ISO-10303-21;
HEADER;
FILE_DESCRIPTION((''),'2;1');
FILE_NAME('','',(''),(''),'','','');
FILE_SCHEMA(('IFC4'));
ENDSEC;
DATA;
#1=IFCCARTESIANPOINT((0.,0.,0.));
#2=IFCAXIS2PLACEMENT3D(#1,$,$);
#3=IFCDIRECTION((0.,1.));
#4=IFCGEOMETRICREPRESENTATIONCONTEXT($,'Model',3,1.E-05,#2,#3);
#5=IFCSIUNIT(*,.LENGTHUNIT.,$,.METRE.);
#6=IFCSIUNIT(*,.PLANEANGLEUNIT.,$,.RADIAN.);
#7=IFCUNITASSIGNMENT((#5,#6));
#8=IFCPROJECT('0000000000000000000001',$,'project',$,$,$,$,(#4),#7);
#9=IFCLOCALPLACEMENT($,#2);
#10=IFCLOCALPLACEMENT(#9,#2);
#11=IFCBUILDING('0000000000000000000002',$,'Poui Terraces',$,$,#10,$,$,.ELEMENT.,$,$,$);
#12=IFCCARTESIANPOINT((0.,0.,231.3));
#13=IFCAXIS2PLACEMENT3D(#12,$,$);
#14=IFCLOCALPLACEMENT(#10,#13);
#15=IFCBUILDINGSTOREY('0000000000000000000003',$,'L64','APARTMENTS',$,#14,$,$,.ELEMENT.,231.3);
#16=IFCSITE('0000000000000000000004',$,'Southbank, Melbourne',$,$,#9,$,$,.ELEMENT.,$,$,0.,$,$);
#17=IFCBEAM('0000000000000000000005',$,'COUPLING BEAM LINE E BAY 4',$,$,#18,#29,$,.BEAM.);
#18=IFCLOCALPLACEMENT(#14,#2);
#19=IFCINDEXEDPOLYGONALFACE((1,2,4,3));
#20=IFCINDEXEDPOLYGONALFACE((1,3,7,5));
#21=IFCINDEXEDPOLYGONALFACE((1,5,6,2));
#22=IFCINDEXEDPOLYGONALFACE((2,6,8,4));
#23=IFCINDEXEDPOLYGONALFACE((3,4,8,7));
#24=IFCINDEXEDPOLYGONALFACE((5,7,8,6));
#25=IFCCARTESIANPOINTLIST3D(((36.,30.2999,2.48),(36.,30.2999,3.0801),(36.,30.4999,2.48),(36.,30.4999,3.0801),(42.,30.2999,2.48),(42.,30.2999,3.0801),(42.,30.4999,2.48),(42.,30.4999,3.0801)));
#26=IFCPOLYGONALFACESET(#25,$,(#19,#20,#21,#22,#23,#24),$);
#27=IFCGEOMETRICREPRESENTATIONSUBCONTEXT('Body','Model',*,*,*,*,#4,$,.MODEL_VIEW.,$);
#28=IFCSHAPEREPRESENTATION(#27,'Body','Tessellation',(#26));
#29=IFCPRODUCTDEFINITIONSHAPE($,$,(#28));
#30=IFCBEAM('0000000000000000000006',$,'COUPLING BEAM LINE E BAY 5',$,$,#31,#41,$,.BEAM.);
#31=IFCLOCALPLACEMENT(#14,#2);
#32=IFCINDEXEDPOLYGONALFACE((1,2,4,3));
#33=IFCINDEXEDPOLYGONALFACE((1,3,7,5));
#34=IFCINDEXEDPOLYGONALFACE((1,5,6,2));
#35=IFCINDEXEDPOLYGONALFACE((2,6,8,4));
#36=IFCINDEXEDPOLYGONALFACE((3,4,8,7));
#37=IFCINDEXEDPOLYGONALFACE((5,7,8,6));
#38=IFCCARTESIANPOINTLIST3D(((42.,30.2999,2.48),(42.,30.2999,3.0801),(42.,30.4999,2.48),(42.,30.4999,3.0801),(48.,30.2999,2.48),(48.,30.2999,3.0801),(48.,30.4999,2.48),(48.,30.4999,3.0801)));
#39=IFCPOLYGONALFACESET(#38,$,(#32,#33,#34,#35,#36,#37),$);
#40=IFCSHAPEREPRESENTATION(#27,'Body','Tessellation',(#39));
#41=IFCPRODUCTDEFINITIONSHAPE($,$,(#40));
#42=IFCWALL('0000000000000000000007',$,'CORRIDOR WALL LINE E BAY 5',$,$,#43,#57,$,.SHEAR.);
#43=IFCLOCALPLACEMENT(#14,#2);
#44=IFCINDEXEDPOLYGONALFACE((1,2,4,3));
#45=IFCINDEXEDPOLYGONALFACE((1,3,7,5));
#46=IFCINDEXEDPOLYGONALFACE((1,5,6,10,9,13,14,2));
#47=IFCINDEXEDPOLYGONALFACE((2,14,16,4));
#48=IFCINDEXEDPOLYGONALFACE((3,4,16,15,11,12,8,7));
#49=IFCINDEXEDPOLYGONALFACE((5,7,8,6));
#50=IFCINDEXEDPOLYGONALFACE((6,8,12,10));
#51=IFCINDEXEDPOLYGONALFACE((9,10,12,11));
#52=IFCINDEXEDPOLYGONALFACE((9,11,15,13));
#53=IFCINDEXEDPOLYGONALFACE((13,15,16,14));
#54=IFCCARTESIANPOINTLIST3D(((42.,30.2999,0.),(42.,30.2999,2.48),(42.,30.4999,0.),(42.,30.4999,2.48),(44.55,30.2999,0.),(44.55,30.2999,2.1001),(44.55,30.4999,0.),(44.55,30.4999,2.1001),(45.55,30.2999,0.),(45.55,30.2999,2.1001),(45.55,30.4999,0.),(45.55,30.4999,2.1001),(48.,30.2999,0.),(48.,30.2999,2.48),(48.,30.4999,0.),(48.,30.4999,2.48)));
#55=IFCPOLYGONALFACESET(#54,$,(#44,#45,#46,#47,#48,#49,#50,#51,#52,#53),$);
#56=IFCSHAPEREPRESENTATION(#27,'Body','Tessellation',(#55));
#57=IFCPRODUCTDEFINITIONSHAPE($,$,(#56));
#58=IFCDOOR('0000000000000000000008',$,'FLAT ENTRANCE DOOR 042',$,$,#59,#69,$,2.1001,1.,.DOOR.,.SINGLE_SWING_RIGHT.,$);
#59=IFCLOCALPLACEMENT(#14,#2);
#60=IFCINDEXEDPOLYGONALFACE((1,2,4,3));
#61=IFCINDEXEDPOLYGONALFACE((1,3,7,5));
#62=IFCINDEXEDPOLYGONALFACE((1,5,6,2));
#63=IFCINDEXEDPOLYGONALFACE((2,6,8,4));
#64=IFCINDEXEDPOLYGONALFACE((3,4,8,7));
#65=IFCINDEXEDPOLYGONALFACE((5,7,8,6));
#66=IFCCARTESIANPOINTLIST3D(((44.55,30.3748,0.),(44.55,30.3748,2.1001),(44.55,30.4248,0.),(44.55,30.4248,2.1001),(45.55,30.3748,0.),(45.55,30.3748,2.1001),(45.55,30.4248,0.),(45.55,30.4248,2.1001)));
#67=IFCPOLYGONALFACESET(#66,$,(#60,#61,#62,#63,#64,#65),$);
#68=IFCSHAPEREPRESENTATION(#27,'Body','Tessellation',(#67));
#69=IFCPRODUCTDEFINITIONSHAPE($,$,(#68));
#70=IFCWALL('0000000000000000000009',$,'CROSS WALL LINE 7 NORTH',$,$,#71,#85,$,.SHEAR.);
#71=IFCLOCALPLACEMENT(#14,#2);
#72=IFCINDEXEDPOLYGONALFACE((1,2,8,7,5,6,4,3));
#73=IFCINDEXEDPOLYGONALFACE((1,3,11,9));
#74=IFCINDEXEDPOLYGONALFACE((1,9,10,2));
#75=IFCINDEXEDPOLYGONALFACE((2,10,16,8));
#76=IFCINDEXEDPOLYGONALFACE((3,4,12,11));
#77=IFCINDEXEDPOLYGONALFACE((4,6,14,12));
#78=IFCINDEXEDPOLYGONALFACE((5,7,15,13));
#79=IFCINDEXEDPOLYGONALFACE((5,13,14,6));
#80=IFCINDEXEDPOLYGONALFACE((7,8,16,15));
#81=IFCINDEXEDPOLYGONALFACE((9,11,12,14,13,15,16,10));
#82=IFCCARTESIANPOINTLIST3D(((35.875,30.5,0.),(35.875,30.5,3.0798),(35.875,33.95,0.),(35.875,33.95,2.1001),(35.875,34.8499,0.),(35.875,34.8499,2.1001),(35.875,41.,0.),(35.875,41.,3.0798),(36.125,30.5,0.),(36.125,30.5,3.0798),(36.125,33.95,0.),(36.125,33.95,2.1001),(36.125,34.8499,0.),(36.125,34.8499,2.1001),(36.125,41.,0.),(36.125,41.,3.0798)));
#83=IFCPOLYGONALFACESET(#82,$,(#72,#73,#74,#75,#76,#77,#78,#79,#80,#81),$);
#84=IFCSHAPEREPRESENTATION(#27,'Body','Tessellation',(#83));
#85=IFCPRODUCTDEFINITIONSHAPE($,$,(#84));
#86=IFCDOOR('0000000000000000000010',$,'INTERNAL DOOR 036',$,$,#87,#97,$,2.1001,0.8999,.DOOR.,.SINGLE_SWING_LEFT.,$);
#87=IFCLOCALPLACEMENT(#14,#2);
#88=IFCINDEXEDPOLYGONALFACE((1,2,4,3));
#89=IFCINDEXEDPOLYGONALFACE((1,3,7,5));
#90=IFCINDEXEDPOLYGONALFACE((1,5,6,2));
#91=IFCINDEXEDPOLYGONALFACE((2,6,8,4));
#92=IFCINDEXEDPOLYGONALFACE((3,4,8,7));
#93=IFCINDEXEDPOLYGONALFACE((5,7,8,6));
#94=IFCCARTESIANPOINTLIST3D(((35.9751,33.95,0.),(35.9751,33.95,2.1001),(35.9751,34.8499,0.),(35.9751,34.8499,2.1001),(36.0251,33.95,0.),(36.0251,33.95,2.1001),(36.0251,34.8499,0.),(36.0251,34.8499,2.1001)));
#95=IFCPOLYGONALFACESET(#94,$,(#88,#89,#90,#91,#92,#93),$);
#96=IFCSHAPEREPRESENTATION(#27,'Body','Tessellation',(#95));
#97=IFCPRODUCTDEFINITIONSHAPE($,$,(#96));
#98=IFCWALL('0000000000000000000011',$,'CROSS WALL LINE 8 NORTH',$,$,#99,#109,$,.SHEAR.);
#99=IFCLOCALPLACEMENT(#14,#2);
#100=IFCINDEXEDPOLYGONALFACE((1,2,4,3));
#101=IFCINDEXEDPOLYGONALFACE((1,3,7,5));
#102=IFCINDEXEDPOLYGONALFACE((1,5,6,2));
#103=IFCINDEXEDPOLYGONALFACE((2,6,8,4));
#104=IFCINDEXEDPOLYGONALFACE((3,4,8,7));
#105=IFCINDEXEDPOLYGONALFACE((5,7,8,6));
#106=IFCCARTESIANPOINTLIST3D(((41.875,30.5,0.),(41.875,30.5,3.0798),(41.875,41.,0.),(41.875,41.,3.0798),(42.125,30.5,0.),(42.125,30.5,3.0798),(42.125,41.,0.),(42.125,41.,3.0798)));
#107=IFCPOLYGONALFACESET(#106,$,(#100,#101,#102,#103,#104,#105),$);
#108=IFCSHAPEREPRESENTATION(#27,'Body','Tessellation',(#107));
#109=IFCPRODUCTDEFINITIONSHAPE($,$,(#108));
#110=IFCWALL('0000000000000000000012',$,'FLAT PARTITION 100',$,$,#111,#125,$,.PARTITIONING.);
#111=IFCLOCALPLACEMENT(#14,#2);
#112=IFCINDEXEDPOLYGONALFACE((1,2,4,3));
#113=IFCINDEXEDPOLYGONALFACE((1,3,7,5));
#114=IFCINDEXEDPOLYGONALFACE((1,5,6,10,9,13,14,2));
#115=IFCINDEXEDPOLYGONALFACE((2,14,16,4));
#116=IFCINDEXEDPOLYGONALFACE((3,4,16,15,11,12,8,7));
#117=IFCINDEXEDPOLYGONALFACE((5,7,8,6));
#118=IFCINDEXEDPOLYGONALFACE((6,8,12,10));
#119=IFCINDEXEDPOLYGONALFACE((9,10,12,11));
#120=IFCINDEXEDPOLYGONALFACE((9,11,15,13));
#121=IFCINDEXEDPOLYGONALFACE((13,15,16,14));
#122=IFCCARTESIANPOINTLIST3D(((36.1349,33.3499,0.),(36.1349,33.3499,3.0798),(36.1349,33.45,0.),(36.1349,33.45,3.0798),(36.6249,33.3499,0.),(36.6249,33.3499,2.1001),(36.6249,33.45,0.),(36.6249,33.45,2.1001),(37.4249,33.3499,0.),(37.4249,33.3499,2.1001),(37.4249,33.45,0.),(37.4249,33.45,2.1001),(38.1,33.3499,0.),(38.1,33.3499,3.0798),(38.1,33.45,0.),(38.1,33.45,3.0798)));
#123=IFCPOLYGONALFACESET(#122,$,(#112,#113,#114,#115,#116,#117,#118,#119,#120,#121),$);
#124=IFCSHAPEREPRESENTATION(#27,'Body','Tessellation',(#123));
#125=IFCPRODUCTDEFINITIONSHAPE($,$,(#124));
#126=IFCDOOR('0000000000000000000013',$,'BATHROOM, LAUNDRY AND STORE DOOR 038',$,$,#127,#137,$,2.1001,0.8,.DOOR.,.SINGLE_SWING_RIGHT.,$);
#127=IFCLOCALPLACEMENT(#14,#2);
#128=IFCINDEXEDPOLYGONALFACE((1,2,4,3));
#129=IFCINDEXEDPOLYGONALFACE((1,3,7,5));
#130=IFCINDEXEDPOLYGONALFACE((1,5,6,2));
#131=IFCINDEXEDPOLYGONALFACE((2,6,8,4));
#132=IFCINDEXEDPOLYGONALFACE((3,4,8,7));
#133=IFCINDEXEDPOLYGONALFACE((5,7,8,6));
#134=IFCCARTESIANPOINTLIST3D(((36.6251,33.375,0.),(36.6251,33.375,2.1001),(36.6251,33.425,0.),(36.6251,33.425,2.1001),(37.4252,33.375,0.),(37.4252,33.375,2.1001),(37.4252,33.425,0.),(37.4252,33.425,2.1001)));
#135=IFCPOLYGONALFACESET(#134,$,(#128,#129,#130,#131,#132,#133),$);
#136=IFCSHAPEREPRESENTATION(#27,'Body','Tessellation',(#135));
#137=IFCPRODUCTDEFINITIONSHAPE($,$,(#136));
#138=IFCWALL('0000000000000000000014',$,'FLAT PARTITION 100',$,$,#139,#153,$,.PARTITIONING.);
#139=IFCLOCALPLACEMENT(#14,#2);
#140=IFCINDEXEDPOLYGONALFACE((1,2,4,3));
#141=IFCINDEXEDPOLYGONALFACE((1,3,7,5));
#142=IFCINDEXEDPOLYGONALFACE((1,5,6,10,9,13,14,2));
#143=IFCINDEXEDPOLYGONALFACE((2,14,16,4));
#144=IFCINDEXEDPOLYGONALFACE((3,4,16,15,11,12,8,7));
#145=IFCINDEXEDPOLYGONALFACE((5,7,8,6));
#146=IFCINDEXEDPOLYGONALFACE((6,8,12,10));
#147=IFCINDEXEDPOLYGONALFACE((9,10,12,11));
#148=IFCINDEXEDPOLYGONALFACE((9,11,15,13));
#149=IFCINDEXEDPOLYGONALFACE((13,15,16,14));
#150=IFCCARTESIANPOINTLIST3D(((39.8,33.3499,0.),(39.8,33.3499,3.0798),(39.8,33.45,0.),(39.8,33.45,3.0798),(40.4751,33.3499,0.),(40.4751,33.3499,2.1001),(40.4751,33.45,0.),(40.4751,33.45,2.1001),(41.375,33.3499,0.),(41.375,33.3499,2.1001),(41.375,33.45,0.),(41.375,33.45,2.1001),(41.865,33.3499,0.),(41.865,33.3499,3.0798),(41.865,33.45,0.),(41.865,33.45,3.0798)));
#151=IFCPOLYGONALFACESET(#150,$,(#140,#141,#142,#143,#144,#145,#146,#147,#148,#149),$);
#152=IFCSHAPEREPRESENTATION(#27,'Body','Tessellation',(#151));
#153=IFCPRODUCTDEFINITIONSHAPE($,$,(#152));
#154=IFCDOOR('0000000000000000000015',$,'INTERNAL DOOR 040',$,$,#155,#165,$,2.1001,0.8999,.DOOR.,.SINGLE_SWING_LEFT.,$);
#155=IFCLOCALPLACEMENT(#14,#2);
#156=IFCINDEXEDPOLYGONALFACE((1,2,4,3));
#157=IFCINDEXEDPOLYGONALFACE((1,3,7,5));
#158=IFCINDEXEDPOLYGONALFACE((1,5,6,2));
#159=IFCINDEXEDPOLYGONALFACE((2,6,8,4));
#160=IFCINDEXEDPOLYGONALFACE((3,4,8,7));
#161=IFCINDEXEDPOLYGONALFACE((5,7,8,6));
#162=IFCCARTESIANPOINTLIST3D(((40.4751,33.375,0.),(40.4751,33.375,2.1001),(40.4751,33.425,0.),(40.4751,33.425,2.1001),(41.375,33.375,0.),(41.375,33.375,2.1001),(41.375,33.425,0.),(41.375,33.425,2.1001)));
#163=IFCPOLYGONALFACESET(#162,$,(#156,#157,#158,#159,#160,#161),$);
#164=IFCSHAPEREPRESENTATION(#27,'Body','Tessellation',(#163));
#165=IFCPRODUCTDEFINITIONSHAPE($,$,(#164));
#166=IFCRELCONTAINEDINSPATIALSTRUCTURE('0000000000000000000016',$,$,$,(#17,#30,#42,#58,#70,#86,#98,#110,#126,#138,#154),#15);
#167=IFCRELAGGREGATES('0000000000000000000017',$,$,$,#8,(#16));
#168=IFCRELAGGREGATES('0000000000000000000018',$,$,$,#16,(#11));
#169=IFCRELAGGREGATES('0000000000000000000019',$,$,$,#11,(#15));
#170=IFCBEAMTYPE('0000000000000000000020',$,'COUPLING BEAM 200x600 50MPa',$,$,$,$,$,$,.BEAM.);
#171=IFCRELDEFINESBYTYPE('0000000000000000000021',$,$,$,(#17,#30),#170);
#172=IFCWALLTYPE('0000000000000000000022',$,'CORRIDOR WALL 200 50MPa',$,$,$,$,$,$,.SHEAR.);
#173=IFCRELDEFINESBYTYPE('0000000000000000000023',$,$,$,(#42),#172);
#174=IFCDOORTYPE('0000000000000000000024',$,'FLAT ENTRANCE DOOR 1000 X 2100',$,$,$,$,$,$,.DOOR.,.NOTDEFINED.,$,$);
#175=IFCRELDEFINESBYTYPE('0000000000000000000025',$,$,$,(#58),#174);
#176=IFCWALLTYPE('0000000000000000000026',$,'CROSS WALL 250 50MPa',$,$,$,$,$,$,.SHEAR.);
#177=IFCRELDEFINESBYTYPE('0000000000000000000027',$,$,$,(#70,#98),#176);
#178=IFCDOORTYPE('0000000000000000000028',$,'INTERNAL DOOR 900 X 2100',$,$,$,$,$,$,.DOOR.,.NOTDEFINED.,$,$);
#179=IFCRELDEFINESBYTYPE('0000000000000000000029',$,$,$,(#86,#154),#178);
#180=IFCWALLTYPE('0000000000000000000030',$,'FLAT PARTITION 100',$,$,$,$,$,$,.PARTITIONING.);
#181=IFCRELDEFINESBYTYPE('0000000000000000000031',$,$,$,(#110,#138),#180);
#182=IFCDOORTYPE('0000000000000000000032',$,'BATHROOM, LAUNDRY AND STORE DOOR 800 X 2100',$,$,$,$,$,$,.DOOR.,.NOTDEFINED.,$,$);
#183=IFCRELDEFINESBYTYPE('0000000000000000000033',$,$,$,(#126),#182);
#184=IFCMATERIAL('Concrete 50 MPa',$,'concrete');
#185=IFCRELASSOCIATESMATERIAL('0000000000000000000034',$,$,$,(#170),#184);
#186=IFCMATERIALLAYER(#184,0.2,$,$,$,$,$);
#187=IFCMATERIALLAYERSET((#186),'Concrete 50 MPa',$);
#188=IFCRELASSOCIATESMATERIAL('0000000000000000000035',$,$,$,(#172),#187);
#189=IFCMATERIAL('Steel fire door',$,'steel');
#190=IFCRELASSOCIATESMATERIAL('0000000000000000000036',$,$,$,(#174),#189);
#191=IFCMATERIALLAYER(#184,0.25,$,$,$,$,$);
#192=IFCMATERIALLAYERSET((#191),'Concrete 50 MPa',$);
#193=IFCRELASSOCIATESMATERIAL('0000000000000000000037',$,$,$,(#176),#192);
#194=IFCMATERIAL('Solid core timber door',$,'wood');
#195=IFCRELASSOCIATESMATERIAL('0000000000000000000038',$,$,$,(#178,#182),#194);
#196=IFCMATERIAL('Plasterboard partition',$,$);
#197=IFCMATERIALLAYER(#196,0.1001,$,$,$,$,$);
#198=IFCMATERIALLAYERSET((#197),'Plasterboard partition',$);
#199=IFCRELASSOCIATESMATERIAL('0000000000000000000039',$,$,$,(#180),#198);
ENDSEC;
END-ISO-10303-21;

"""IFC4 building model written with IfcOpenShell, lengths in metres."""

from ifc_helpers import new_model, si_unit, direction, frame, frame_2d, origin, origin_2d, place, context, subcontext, project, spatial, rectangle, extrude, source, transform, mapped, material, layer, layer_set, material_profile, profile_set, type_object, element, fill, save


model = new_model("IFC4")

# Units and contexts
model_context = context("Model", 3, precision=1e-05, world=origin(), true_north=direction((0.0, 1.0)))
body_context = subcontext(model_context, "Body", "Model", "MODEL_VIEW")
ifc_project = project(units=[si_unit("LENGTHUNIT", "METRE"), si_unit("PLANEANGLEUNIT", "RADIAN")], contexts=[model_context])

# Site, building, storey
site_placement = place(None, origin())
site = spatial("IfcSite", under=ifc_project, at=site_placement, Name="Southbank, Melbourne", CompositionType="ELEMENT", RefElevation=0.0)
building_placement = place(site_placement, origin())
building = spatial("IfcBuilding", under=site, at=building_placement, Name="Poui Terraces", CompositionType="ELEMENT")
storey_placement = place(building_placement, frame((0.0, 0.0, 231.3)))
storey = spatial("IfcBuildingStorey", under=building, at=storey_placement, Name="L64", Description="APARTMENTS", CompositionType="ELEMENT", Elevation=231.3)

# Beams
ifc_material_1 = material(Name="Concrete 50 MPa", Category="concrete")
ifc_material_profile_1 = material_profile(ifc_material_1, rectangle(XDim=0.2, YDim=0.6001, at=origin_2d()), Name="RC 200x600")
ifc_profile_set_1 = profile_set([ifc_material_profile_1], Name="Concrete 50 MPa")
beam_type = type_object("IfcBeamType", Name="COUPLING BEAM 200x600 50MPa", PredefinedType="BEAM", material=ifc_profile_set_1)
shared_shape_1 = source(origin(), body_context, "Body", "SweptSolid", [
    extrude(rectangle(XDim=0.2, YDim=0.6001, at=origin_2d()), origin(), (0.0, 0.0, 1.0), 6.0),
])
for number, where, z_axis, x_axis, name in (
    (1, (36.0, 30.3999, 2.78), (1.0, 0.0, 0.0), (0.0, 1.0, 0.0), "COUPLING BEAM LINE E BAY 4"),
    (2, (42.0, 30.3999, 2.78), (1.0, 0.0, 0.0), (0.0, 1.0, 0.0), "COUPLING BEAM LINE E BAY 5"),
):
    element("IfcBeam", number, at=place(storey_placement, frame(where, z_axis=z_axis, x_axis=x_axis)), inside=storey, type_object=beam_type, Name=name, PredefinedType="BEAM", context=body_context, shape_type="MappedRepresentation", body=[
        mapped(shared_shape_1, transform((0.0, 0.0, 0.0))),
    ])

# Walls, openings, doors
ifc_layer_1 = layer(ifc_material_1, 0.2)
ifc_layer_set_1 = layer_set([ifc_layer_1], Name="Concrete 50 MPa")
wall_type_1 = type_object("IfcWallType", Name="CORRIDOR WALL 200 50MPa", PredefinedType="SHEAR", material=ifc_layer_set_1)
wall_1_placement = place(storey_placement, frame((42.0, 30.3999, 0.0), z_axis=(0.0, 0.0, 1.0), x_axis=(1.0, 0.0, 0.0)))
wall_1 = element("IfcWall", 3, at=wall_1_placement, inside=storey, type_object=wall_type_1, Name="CORRIDOR WALL LINE E BAY 5", PredefinedType="SHEAR", context=body_context, shape_type="SweptSolid", body=[
    extrude(rectangle(XDim=6.0, YDim=0.2, at=frame_2d((3.0, 0.0))), origin(), (0.0, 0.0, 1.0), 2.48),
])
opening_1_placement = place(wall_1_placement, frame((2.55, 0.0, 0.0)))
opening_1 = element("IfcOpeningElement", 4, at=opening_1_placement, cuts=wall_1, PredefinedType="OPENING", context=body_context, shape_type="SweptSolid", body=[
    extrude(rectangle(XDim=1.0, YDim=2.1001, at=frame_2d((0.5, 1.05))), frame((0.0, 0.1099, 0.0), z_axis=(0.0, -1.0, 0.0), x_axis=(1.0, 0.0, 0.0)), (0.0, 0.0, 1.0), 0.22),
])
ifc_material_2 = material(Name="Steel fire door", Category="steel")
door_type_1 = type_object("IfcDoorType", Name="FLAT ENTRANCE DOOR 1000 X 2100", OperationType="NOTDEFINED", PredefinedType="DOOR", material=ifc_material_2)
door_1_placement = place(opening_1_placement, origin())
door_1 = element("IfcDoor", 5, at=door_1_placement, inside=storey, type_object=door_type_1, Name="FLAT ENTRANCE DOOR 042", OperationType="SINGLE_SWING_RIGHT", OverallHeight=2.1001, OverallWidth=1.0, PredefinedType="DOOR", context=body_context, shape_type="SweptSolid", body=[
    extrude(rectangle(XDim=1.0, YDim=2.1001, at=frame_2d((0.5, 1.05))), frame((0.0, 0.0249, 0.0), z_axis=(0.0, -1.0, 0.0), x_axis=(1.0, 0.0, 0.0)), (0.0, 0.0, 1.0), 0.05),
])
fill(opening_1, door_1)
ifc_layer_2 = layer(ifc_material_1, 0.25)
ifc_layer_set_2 = layer_set([ifc_layer_2], Name="Concrete 50 MPa")
wall_type_2 = type_object("IfcWallType", Name="CROSS WALL 250 50MPa", PredefinedType="SHEAR", material=ifc_layer_set_2)
wall_2_placement = place(storey_placement, frame((36.0, 30.5, 0.0), z_axis=(0.0, 0.0, 1.0), x_axis=(0.0, 1.0, 0.0)))
wall_2 = element("IfcWall", 6, at=wall_2_placement, inside=storey, type_object=wall_type_2, Name="CROSS WALL LINE 7 NORTH", PredefinedType="SHEAR", context=body_context, shape_type="SweptSolid", body=[
    extrude(rectangle(XDim=10.5, YDim=0.25, at=frame_2d((5.25, 0.0))), origin(), (0.0, 0.0, 1.0), 3.0798),
])
opening_2_placement = place(wall_2_placement, frame((3.45, 0.0, 0.0)))
opening_2 = element("IfcOpeningElement", 7, at=opening_2_placement, cuts=wall_2, PredefinedType="OPENING", context=body_context, shape_type="SweptSolid", body=[
    extrude(rectangle(XDim=0.8999, YDim=2.1001, at=frame_2d((0.45, 1.05))), frame((0.0, 0.135, 0.0), z_axis=(0.0, -1.0, 0.0), x_axis=(1.0, 0.0, 0.0)), (0.0, 0.0, 1.0), 0.27),
])
ifc_material_3 = material(Name="Solid core timber door", Category="wood")
door_type_2 = type_object("IfcDoorType", Name="INTERNAL DOOR 900 X 2100", OperationType="NOTDEFINED", PredefinedType="DOOR", material=ifc_material_3)
door_2_placement = place(opening_2_placement, origin())
door_2 = element("IfcDoor", 8, at=door_2_placement, inside=storey, type_object=door_type_2, Name="INTERNAL DOOR 036", OperationType="SINGLE_SWING_LEFT", OverallHeight=2.1001, OverallWidth=0.8999, PredefinedType="DOOR", context=body_context, shape_type="SweptSolid", body=[
    extrude(rectangle(XDim=0.8999, YDim=2.1001, at=frame_2d((0.45, 1.05))), frame((0.0, 0.0249, 0.0), z_axis=(0.0, -1.0, 0.0), x_axis=(1.0, 0.0, 0.0)), (0.0, 0.0, 1.0), 0.05),
])
fill(opening_2, door_2)

# Wall
wall_3_placement = place(storey_placement, frame((42.0, 30.5, 0.0), z_axis=(0.0, 0.0, 1.0), x_axis=(0.0, 1.0, 0.0)))
element("IfcWall", 9, at=wall_3_placement, inside=storey, type_object=wall_type_2, Name="CROSS WALL LINE 8 NORTH", PredefinedType="SHEAR", context=body_context, shape_type="SweptSolid", body=[
    extrude(rectangle(XDim=10.5, YDim=0.25, at=frame_2d((5.25, 0.0))), origin(), (0.0, 0.0, 1.0), 3.0798),
])

# Walls, openings, doors
ifc_material_4 = material(Name="Plasterboard partition")
ifc_layer_3 = layer(ifc_material_4, 0.1001)
ifc_layer_set_3 = layer_set([ifc_layer_3], Name="Plasterboard partition")
wall_type_3 = type_object("IfcWallType", Name="FLAT PARTITION 100", PredefinedType="PARTITIONING", material=ifc_layer_set_3)
wall_4_placement = place(storey_placement, frame((36.135, 33.3999, 0.0), z_axis=(0.0, 0.0, 1.0), x_axis=(1.0, 0.0, 0.0)))
wall_4 = element("IfcWall", 10, at=wall_4_placement, inside=storey, type_object=wall_type_3, Name="FLAT PARTITION 100", PredefinedType="PARTITIONING", context=body_context, shape_type="SweptSolid", body=[
    extrude(rectangle(XDim=1.9651, YDim=0.1001, at=frame_2d((0.9824, 0.0))), origin(), (0.0, 0.0, 1.0), 3.0798),
])
opening_3_placement = place(wall_4_placement, frame((0.49, 0.0, 0.0)))
opening_3 = element("IfcOpeningElement", 11, at=opening_3_placement, cuts=wall_4, PredefinedType="OPENING", context=body_context, shape_type="SweptSolid", body=[
    extrude(rectangle(XDim=0.8, YDim=2.1001, at=frame_2d((0.3999, 1.05))), frame((0.0, 0.0601, 0.0), z_axis=(0.0, -1.0, 0.0), x_axis=(1.0, 0.0, 0.0)), (0.0, 0.0, 1.0), 0.1201),
])
door_type_3 = type_object("IfcDoorType", Name="BATHROOM, LAUNDRY AND STORE DOOR 800 X 2100", OperationType="NOTDEFINED", PredefinedType="DOOR", material=ifc_material_3)
door_3_placement = place(opening_3_placement, frame((0.8, 0.0, 0.0), z_axis=(0.0, 0.0, 1.0), x_axis=(-1.0, 0.0, 0.0)))
door_3 = element("IfcDoor", 12, at=door_3_placement, inside=storey, type_object=door_type_3, Name="BATHROOM, LAUNDRY AND STORE DOOR 038", OperationType="SINGLE_SWING_RIGHT", OverallHeight=2.1001, OverallWidth=0.8, PredefinedType="DOOR", context=body_context, shape_type="SweptSolid", body=[
    extrude(rectangle(XDim=0.8, YDim=2.1001, at=frame_2d((0.3999, 1.05))), frame((0.0, 0.0249, 0.0), z_axis=(0.0, -1.0, 0.0), x_axis=(1.0, 0.0, 0.0)), (0.0, 0.0, 1.0), 0.05),
])
fill(opening_3, door_3)
wall_5_placement = place(storey_placement, frame((39.8, 33.3999, 0.0), z_axis=(0.0, 0.0, 1.0), x_axis=(1.0, 0.0, 0.0)))
wall_5 = element("IfcWall", 13, at=wall_5_placement, inside=storey, type_object=wall_type_3, Name="FLAT PARTITION 100", PredefinedType="PARTITIONING", context=body_context, shape_type="SweptSolid", body=[
    extrude(rectangle(XDim=2.0649, YDim=0.1001, at=frame_2d((1.0325, 0.0))), origin(), (0.0, 0.0, 1.0), 3.0798),
])
opening_4_placement = place(wall_5_placement, frame((0.675, 0.0, 0.0)))
opening_4 = element("IfcOpeningElement", 14, at=opening_4_placement, cuts=wall_5, PredefinedType="OPENING", context=body_context, shape_type="SweptSolid", body=[
    extrude(rectangle(XDim=0.8999, YDim=2.1001, at=frame_2d((0.45, 1.05))), frame((0.0, 0.0601, 0.0), z_axis=(0.0, -1.0, 0.0), x_axis=(1.0, 0.0, 0.0)), (0.0, 0.0, 1.0), 0.1201),
])
door_4_placement = place(opening_4_placement, frame((0.8999, 0.0, 0.0), z_axis=(0.0, 0.0, 1.0), x_axis=(-1.0, 0.0, 0.0)))
door_4 = element("IfcDoor", 15, at=door_4_placement, inside=storey, type_object=door_type_2, Name="INTERNAL DOOR 040", OperationType="SINGLE_SWING_LEFT", OverallHeight=2.1001, OverallWidth=0.8999, PredefinedType="DOOR", context=body_context, shape_type="SweptSolid", body=[
    extrude(rectangle(XDim=0.8999, YDim=2.1001, at=frame_2d((0.45, 1.05))), frame((0.0, 0.0249, 0.0), z_axis=(0.0, -1.0, 0.0), x_axis=(1.0, 0.0, 0.0)), (0.0, 0.0, 1.0), 0.05),
])
fill(opening_4, door_4)

save(model, "model.ifc")
